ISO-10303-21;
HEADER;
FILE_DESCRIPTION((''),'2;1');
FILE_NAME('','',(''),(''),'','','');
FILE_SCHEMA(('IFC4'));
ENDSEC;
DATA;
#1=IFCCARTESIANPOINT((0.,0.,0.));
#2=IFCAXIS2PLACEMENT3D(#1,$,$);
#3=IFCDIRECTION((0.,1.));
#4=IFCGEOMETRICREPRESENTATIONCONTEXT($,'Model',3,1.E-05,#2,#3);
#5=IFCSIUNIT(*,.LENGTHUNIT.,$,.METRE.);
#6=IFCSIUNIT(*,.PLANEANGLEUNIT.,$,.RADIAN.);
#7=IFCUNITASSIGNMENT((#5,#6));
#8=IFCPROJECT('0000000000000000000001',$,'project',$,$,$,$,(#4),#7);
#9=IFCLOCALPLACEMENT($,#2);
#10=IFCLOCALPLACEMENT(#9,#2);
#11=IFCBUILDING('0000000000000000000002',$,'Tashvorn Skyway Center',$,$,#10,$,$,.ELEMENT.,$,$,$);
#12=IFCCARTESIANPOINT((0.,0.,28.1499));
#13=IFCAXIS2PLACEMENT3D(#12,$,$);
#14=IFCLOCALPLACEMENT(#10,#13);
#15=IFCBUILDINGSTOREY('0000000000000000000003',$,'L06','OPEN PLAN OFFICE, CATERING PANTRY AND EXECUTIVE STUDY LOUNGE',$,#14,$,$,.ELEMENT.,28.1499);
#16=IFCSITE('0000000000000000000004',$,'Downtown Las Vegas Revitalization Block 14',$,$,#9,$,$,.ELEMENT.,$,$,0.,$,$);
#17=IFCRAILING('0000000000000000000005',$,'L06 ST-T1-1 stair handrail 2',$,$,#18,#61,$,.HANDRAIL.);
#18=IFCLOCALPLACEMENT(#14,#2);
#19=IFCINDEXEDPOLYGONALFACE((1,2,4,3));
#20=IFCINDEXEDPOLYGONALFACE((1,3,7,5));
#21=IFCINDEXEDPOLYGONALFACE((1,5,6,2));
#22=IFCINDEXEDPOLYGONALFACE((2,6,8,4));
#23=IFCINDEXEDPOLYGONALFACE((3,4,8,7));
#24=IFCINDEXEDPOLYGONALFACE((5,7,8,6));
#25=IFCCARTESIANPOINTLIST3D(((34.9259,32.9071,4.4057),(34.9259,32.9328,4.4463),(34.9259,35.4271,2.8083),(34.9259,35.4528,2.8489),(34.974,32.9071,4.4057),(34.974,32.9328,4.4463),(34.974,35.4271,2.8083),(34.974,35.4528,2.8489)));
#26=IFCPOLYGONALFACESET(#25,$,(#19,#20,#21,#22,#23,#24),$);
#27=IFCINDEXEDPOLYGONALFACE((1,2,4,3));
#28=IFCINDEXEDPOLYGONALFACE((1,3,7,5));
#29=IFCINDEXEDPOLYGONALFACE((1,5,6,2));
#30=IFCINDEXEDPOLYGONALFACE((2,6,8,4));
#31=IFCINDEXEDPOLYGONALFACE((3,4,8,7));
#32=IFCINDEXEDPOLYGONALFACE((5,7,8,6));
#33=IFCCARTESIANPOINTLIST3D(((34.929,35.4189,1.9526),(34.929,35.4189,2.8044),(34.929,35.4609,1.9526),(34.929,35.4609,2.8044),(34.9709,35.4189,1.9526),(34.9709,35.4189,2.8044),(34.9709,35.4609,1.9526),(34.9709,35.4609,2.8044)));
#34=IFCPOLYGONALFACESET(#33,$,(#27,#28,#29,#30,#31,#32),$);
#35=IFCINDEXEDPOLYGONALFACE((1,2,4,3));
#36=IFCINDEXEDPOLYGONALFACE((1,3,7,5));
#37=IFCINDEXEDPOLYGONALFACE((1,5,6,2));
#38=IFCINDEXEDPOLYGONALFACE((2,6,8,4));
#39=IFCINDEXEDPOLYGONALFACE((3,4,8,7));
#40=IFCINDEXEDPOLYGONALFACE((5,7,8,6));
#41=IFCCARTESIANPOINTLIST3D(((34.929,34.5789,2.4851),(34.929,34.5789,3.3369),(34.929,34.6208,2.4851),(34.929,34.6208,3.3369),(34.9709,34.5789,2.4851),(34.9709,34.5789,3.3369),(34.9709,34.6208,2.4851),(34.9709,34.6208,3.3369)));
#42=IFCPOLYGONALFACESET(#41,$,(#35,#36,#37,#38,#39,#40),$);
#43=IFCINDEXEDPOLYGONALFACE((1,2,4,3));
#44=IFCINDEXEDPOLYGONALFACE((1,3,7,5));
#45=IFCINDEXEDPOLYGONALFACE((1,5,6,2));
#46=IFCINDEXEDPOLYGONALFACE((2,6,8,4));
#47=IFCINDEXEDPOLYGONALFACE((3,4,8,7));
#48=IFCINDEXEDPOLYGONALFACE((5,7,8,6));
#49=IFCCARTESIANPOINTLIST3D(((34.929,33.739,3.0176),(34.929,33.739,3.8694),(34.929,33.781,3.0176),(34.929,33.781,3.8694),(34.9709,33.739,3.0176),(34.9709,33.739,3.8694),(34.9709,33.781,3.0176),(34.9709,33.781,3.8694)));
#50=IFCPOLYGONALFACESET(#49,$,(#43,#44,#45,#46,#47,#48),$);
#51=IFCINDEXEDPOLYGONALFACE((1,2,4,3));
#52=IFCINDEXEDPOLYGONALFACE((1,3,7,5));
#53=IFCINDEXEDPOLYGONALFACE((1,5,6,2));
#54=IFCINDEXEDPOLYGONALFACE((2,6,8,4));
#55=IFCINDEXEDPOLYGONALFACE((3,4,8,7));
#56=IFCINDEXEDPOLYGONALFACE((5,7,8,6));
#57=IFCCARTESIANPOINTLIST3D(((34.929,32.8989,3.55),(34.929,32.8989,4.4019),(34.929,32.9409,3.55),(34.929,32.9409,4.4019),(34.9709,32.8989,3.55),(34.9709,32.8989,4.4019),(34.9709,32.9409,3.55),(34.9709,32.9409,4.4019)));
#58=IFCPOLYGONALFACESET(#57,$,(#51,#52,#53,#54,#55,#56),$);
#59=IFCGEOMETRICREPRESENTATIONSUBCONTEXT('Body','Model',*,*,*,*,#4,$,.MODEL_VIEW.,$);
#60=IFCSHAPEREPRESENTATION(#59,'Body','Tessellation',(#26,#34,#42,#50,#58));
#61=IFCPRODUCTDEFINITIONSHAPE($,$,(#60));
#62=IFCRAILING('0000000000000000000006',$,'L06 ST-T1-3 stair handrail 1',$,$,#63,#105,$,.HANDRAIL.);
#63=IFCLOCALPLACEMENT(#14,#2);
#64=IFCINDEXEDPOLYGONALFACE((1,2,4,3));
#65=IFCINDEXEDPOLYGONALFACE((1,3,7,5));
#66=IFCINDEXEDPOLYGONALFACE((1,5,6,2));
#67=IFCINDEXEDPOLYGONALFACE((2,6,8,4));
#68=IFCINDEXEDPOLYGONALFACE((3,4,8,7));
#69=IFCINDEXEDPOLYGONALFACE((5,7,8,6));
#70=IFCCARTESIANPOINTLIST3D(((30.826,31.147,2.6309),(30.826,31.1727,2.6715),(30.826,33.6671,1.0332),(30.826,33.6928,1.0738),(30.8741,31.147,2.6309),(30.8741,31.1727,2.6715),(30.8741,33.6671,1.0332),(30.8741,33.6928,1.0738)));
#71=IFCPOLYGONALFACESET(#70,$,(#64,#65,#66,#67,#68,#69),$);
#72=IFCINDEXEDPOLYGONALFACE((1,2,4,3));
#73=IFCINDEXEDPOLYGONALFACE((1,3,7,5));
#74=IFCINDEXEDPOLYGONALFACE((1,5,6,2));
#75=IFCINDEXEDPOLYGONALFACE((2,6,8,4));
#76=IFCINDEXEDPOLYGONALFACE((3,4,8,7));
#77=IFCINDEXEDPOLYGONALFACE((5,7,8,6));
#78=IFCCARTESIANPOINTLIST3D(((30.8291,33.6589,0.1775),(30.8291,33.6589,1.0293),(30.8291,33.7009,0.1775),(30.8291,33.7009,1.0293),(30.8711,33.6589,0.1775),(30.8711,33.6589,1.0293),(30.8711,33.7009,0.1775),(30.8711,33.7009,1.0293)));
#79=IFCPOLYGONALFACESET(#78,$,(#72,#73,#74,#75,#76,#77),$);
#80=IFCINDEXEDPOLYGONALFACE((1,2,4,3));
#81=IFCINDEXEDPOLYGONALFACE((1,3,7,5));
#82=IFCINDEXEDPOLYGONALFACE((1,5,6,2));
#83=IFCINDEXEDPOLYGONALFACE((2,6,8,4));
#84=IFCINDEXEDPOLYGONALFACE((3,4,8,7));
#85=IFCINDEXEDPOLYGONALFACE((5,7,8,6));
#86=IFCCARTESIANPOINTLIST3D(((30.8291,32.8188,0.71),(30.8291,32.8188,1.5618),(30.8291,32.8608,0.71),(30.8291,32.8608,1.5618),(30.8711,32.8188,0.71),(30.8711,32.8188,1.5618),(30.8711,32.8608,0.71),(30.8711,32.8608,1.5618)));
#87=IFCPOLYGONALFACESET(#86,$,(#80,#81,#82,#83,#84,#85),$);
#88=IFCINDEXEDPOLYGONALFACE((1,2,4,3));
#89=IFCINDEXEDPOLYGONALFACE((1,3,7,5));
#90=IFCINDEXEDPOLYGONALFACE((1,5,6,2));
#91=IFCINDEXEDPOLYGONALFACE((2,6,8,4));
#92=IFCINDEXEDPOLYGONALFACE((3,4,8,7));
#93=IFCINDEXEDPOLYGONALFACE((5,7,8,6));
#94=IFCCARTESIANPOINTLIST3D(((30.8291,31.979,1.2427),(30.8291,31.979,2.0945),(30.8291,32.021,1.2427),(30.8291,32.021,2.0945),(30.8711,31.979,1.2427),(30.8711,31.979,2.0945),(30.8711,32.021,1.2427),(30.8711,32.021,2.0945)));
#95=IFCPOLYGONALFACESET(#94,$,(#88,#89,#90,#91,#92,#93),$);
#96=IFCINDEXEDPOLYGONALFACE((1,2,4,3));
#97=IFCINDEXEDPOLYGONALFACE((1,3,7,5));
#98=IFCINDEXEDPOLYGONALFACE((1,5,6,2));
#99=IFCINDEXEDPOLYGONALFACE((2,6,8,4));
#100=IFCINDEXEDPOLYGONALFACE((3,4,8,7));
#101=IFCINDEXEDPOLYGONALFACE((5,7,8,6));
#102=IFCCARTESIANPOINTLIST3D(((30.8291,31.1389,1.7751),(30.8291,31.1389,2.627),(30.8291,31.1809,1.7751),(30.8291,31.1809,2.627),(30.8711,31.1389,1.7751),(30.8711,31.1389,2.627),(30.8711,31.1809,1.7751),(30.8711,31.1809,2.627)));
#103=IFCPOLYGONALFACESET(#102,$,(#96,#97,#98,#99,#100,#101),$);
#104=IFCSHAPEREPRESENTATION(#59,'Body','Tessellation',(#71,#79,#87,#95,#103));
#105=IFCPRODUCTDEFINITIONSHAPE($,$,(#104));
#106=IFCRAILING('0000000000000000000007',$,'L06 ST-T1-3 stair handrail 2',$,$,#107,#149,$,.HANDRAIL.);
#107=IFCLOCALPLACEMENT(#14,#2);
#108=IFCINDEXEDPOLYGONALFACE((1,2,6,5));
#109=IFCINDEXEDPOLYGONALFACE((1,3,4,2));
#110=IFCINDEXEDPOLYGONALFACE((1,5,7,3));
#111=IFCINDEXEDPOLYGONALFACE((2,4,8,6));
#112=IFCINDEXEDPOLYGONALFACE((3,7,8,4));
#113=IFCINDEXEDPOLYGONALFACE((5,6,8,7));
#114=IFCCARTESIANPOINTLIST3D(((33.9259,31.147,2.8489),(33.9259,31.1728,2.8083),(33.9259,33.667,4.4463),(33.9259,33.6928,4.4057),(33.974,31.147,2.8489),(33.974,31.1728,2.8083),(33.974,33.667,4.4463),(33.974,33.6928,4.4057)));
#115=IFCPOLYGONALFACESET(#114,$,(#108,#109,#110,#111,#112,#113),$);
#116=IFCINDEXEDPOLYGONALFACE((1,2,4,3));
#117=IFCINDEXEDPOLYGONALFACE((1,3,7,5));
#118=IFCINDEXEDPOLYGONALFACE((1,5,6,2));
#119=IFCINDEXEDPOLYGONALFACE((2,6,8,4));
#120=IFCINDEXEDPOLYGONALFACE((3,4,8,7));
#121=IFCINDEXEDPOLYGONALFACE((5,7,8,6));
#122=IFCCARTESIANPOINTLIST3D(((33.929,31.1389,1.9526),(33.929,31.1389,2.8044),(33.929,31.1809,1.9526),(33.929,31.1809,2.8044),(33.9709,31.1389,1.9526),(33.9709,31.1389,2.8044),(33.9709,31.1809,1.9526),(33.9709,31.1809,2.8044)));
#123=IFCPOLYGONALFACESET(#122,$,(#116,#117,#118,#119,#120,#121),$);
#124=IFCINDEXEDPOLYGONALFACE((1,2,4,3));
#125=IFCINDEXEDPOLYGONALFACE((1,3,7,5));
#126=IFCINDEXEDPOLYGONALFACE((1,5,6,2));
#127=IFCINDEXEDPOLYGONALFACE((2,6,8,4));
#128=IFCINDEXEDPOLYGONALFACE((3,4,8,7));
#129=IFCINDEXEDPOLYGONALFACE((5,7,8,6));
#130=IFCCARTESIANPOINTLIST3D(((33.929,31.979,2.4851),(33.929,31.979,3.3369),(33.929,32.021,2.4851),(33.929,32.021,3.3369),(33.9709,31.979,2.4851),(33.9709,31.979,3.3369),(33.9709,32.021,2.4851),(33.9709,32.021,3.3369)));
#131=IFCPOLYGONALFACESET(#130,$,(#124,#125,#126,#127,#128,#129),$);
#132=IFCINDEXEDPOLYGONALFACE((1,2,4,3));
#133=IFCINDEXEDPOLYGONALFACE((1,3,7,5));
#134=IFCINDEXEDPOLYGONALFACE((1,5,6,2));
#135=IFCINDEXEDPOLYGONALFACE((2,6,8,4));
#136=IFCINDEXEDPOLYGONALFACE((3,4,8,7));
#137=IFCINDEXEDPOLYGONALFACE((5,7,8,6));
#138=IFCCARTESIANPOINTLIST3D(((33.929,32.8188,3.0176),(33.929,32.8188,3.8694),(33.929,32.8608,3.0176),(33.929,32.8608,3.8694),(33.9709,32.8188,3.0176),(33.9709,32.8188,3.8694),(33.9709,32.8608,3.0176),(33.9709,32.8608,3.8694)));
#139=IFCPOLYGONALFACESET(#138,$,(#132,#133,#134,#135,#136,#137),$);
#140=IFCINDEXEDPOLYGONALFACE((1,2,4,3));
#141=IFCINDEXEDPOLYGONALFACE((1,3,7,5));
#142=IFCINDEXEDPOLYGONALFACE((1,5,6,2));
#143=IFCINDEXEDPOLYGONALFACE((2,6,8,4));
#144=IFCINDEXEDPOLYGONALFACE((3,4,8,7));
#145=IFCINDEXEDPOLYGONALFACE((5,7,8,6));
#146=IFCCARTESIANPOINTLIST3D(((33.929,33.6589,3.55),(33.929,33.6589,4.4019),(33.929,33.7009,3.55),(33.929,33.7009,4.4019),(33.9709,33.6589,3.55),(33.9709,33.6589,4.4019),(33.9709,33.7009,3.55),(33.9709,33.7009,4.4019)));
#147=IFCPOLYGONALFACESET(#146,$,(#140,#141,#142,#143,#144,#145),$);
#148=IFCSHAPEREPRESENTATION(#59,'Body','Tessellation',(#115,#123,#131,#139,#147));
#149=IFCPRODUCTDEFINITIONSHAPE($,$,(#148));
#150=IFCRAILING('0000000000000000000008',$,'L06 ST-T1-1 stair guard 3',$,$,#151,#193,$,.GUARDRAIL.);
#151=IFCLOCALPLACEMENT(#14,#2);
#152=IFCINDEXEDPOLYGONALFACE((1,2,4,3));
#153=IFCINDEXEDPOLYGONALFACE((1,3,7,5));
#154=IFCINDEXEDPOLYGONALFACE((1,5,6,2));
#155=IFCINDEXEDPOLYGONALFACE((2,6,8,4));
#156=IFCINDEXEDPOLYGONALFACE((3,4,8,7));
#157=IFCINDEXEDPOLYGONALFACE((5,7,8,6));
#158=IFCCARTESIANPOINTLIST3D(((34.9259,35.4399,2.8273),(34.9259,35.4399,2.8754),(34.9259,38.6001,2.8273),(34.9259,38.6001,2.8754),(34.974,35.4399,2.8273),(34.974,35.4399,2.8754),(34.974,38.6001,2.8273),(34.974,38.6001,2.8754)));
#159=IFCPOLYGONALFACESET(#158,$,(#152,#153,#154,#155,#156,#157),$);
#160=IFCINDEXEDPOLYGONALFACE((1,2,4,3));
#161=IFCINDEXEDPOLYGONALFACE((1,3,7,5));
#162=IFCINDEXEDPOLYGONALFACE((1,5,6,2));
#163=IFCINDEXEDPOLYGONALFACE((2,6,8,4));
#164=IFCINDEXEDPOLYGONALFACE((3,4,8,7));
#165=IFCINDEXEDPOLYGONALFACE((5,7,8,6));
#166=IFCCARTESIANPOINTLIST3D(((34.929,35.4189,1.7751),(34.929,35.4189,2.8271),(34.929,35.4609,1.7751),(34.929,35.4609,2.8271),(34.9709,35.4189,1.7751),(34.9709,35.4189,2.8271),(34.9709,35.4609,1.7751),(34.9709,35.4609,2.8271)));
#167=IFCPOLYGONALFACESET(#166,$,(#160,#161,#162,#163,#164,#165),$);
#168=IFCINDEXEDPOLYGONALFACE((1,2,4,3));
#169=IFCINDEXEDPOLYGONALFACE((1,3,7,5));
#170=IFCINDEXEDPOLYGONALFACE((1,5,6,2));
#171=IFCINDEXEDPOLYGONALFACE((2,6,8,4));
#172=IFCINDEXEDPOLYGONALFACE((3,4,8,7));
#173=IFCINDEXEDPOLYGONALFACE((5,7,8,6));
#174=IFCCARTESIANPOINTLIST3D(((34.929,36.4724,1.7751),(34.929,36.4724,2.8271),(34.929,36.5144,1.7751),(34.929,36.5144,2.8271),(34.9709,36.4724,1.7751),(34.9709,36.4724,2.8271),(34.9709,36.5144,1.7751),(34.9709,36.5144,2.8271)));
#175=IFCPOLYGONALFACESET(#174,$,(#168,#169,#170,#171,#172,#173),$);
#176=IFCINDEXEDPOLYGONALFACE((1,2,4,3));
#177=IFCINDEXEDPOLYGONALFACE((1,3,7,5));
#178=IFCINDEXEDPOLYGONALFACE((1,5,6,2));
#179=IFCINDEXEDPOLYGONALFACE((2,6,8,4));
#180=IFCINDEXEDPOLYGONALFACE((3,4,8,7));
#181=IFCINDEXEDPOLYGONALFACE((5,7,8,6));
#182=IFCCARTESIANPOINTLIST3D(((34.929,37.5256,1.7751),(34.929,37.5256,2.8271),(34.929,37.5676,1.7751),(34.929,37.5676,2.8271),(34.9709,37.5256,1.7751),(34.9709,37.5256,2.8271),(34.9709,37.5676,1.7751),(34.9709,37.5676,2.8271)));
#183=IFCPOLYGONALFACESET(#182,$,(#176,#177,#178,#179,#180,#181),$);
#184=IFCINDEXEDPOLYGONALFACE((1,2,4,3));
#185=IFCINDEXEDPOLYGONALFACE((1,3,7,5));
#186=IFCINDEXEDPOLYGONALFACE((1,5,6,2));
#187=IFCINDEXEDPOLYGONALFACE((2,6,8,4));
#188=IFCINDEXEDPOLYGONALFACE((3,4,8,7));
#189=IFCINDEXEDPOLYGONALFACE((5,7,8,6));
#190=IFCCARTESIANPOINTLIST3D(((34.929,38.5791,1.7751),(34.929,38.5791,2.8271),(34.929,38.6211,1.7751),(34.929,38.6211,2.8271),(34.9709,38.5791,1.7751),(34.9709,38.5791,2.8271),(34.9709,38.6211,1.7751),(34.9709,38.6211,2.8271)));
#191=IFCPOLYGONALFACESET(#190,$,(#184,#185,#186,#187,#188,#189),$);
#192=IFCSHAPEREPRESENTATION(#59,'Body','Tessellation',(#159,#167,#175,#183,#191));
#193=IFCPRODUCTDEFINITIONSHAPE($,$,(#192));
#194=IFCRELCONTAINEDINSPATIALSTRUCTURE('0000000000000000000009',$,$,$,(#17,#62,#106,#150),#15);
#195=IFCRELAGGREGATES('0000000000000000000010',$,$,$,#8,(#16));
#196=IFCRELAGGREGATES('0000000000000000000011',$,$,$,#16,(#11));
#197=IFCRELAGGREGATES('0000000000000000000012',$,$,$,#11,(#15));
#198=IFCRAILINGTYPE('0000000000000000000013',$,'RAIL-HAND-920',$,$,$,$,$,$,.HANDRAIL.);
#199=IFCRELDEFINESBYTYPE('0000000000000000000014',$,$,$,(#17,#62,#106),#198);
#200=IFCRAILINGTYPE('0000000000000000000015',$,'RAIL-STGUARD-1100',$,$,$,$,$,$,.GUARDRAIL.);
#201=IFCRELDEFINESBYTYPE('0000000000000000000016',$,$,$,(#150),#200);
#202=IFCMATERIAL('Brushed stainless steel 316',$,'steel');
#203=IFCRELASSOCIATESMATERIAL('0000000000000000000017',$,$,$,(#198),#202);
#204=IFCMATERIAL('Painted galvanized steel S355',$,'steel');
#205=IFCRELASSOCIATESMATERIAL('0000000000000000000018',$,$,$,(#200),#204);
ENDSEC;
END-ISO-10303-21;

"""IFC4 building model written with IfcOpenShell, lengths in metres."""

from ifc_helpers import new_model, si_unit, direction, frame, origin, origin_2d, place, context, subcontext, project, spatial, rectangle, extrude, material, type_object, element, save


model = new_model("IFC4")

# Units and contexts
model_context = context("Model", 3, precision=1e-05, world=origin(), true_north=direction((0.0, 1.0)))
body_context = subcontext(model_context, "Body", "Model", "MODEL_VIEW")
ifc_project = project(units=[si_unit("LENGTHUNIT", "METRE"), si_unit("PLANEANGLEUNIT", "RADIAN")], contexts=[model_context])

# Site, building, storey
site_placement = place(None, origin())
site = spatial("IfcSite", under=ifc_project, at=site_placement, Name="Downtown Las Vegas Revitalization Block 14", CompositionType="ELEMENT", RefElevation=0.0)
building_placement = place(site_placement, origin())
building = spatial("IfcBuilding", under=site, at=building_placement, Name="Tashvorn Skyway Center", CompositionType="ELEMENT")
storey_placement = place(building_placement, frame((0.0, 0.0, 28.1499)))
storey = spatial("IfcBuildingStorey", under=building, at=storey_placement, Name="L06", Description="OPEN PLAN OFFICE, CATERING PANTRY AND EXECUTIVE STUDY LOUNGE", CompositionType="ELEMENT", Elevation=28.1499)

# Railings
ifc_material_1 = material(Name="Brushed stainless steel 316", Category="steel")
railing_type_1 = type_object("IfcRailingType", Name="RAIL-HAND-920", PredefinedType="HANDRAIL", material=ifc_material_1)
railing_1_placement = place(storey_placement, frame((34.95, 35.4399, 1.9526)))
element("IfcRailing", 1, at=railing_1_placement, inside=storey, type_object=railing_type_1, Name="L06 ST-T1-1 stair handrail 2", PredefinedType="HANDRAIL", context=body_context, shape_type="SweptSolid", body=[
    extrude(rectangle(XDim=0.0481, YDim=0.0481, at=origin_2d()), frame((0.0, 0.0, 0.876), z_axis=(0.0, -0.844607, 0.535387), x_axis=(1.0, 0.0, 0.0)), (0.0, 0.0, 1.0), 2.9836),
    extrude(rectangle(XDim=0.042, YDim=0.042, at=origin_2d()), origin(), (0.0, 0.0, 1.0), 0.8518),
    extrude(rectangle(XDim=0.042, YDim=0.042, at=origin_2d()), frame((0.0, -0.8401, 0.5325)), (0.0, 0.0, 1.0), 0.8518),
    extrude(rectangle(XDim=0.042, YDim=0.042, at=origin_2d()), frame((0.0, -1.6799, 1.0649)), (0.0, 0.0, 1.0), 0.8518),
    extrude(rectangle(XDim=0.042, YDim=0.042, at=origin_2d()), frame((0.0, -2.52, 1.5974)), (0.0, 0.0, 1.0), 0.8518),
])
railing_2_placement = place(storey_placement, frame((30.8501, 33.6799, 0.1775)))
element("IfcRailing", 2, at=railing_2_placement, inside=storey, type_object=railing_type_1, Name="L06 ST-T1-3 stair handrail 1", PredefinedType="HANDRAIL", context=body_context, shape_type="SweptSolid", body=[
    extrude(rectangle(XDim=0.0481, YDim=0.0481, at=origin_2d()), frame((0.0, 0.0, 0.876), z_axis=(0.0, -0.84457, 0.535445), x_axis=(1.0, 0.0, 0.0)), (0.0, 0.0, 1.0), 2.9839),
    extrude(rectangle(XDim=0.042, YDim=0.042, at=origin_2d()), origin(), (0.0, 0.0, 1.0), 0.8518),
    extrude(rectangle(XDim=0.042, YDim=0.042, at=origin_2d()), frame((0.0, -0.8401, 0.5325)), (0.0, 0.0, 1.0), 0.8518),
    extrude(rectangle(XDim=0.042, YDim=0.042, at=origin_2d()), frame((0.0, -1.6799, 1.0652)), (0.0, 0.0, 1.0), 0.8518),
    extrude(rectangle(XDim=0.042, YDim=0.042, at=origin_2d()), frame((0.0, -2.52, 1.5977)), (0.0, 0.0, 1.0), 0.8518),
])
railing_3_placement = place(storey_placement, frame((33.95, 31.1599, 1.9526)))
element("IfcRailing", 3, at=railing_3_placement, inside=storey, type_object=railing_type_1, Name="L06 ST-T1-3 stair handrail 2", PredefinedType="HANDRAIL", context=body_context, shape_type="SweptSolid", body=[
    extrude(rectangle(XDim=0.0481, YDim=0.0481, at=origin_2d()), frame((0.0, 0.0, 0.876), z_axis=(0.0, 0.844607, 0.535387), x_axis=(-1.0, 0.0, 0.0)), (0.0, 0.0, 1.0), 2.9836),
    extrude(rectangle(XDim=0.042, YDim=0.042, at=origin_2d()), origin(), (0.0, 0.0, 1.0), 0.8518),
    extrude(rectangle(XDim=0.042, YDim=0.042, at=origin_2d()), frame((0.0, 0.8401, 0.5325)), (0.0, 0.0, 1.0), 0.8518),
    extrude(rectangle(XDim=0.042, YDim=0.042, at=origin_2d()), frame((0.0, 1.6799, 1.0649)), (0.0, 0.0, 1.0), 0.8518),
    extrude(rectangle(XDim=0.042, YDim=0.042, at=origin_2d()), frame((0.0, 2.52, 1.5974)), (0.0, 0.0, 1.0), 0.8518),
])
ifc_material_2 = material(Name="Painted galvanized steel S355", Category="steel")
railing_type_2 = type_object("IfcRailingType", Name="RAIL-STGUARD-1100", PredefinedType="GUARDRAIL", material=ifc_material_2)
railing_4_placement = place(storey_placement, frame((34.95, 35.4399, 1.7751)))
element("IfcRailing", 4, at=railing_4_placement, inside=storey, type_object=railing_type_2, Name="L06 ST-T1-1 stair guard 3", PredefinedType="GUARDRAIL", context=body_context, shape_type="SweptSolid", body=[
    extrude(rectangle(XDim=0.0481, YDim=0.0481, at=origin_2d()), frame((0.0, 0.0, 1.0762), z_axis=(0.0, 1.0, 0.0), x_axis=(-1.0, 0.0, 0.0)), (0.0, 0.0, 1.0), 3.1602),
    extrude(rectangle(XDim=0.042, YDim=0.042, at=origin_2d()), origin(), (0.0, 0.0, 1.0), 1.052),
    extrude(rectangle(XDim=0.042, YDim=0.042, at=origin_2d()), frame((0.0, 1.0535, 0.0)), (0.0, 0.0, 1.0), 1.052),
    extrude(rectangle(XDim=0.042, YDim=0.042, at=origin_2d()), frame((0.0, 2.1067, 0.0)), (0.0, 0.0, 1.0), 1.052),
    extrude(rectangle(XDim=0.042, YDim=0.042, at=origin_2d()), frame((0.0, 3.1602, 0.0)), (0.0, 0.0, 1.0), 1.052),
])

save(model, "model.ifc")
